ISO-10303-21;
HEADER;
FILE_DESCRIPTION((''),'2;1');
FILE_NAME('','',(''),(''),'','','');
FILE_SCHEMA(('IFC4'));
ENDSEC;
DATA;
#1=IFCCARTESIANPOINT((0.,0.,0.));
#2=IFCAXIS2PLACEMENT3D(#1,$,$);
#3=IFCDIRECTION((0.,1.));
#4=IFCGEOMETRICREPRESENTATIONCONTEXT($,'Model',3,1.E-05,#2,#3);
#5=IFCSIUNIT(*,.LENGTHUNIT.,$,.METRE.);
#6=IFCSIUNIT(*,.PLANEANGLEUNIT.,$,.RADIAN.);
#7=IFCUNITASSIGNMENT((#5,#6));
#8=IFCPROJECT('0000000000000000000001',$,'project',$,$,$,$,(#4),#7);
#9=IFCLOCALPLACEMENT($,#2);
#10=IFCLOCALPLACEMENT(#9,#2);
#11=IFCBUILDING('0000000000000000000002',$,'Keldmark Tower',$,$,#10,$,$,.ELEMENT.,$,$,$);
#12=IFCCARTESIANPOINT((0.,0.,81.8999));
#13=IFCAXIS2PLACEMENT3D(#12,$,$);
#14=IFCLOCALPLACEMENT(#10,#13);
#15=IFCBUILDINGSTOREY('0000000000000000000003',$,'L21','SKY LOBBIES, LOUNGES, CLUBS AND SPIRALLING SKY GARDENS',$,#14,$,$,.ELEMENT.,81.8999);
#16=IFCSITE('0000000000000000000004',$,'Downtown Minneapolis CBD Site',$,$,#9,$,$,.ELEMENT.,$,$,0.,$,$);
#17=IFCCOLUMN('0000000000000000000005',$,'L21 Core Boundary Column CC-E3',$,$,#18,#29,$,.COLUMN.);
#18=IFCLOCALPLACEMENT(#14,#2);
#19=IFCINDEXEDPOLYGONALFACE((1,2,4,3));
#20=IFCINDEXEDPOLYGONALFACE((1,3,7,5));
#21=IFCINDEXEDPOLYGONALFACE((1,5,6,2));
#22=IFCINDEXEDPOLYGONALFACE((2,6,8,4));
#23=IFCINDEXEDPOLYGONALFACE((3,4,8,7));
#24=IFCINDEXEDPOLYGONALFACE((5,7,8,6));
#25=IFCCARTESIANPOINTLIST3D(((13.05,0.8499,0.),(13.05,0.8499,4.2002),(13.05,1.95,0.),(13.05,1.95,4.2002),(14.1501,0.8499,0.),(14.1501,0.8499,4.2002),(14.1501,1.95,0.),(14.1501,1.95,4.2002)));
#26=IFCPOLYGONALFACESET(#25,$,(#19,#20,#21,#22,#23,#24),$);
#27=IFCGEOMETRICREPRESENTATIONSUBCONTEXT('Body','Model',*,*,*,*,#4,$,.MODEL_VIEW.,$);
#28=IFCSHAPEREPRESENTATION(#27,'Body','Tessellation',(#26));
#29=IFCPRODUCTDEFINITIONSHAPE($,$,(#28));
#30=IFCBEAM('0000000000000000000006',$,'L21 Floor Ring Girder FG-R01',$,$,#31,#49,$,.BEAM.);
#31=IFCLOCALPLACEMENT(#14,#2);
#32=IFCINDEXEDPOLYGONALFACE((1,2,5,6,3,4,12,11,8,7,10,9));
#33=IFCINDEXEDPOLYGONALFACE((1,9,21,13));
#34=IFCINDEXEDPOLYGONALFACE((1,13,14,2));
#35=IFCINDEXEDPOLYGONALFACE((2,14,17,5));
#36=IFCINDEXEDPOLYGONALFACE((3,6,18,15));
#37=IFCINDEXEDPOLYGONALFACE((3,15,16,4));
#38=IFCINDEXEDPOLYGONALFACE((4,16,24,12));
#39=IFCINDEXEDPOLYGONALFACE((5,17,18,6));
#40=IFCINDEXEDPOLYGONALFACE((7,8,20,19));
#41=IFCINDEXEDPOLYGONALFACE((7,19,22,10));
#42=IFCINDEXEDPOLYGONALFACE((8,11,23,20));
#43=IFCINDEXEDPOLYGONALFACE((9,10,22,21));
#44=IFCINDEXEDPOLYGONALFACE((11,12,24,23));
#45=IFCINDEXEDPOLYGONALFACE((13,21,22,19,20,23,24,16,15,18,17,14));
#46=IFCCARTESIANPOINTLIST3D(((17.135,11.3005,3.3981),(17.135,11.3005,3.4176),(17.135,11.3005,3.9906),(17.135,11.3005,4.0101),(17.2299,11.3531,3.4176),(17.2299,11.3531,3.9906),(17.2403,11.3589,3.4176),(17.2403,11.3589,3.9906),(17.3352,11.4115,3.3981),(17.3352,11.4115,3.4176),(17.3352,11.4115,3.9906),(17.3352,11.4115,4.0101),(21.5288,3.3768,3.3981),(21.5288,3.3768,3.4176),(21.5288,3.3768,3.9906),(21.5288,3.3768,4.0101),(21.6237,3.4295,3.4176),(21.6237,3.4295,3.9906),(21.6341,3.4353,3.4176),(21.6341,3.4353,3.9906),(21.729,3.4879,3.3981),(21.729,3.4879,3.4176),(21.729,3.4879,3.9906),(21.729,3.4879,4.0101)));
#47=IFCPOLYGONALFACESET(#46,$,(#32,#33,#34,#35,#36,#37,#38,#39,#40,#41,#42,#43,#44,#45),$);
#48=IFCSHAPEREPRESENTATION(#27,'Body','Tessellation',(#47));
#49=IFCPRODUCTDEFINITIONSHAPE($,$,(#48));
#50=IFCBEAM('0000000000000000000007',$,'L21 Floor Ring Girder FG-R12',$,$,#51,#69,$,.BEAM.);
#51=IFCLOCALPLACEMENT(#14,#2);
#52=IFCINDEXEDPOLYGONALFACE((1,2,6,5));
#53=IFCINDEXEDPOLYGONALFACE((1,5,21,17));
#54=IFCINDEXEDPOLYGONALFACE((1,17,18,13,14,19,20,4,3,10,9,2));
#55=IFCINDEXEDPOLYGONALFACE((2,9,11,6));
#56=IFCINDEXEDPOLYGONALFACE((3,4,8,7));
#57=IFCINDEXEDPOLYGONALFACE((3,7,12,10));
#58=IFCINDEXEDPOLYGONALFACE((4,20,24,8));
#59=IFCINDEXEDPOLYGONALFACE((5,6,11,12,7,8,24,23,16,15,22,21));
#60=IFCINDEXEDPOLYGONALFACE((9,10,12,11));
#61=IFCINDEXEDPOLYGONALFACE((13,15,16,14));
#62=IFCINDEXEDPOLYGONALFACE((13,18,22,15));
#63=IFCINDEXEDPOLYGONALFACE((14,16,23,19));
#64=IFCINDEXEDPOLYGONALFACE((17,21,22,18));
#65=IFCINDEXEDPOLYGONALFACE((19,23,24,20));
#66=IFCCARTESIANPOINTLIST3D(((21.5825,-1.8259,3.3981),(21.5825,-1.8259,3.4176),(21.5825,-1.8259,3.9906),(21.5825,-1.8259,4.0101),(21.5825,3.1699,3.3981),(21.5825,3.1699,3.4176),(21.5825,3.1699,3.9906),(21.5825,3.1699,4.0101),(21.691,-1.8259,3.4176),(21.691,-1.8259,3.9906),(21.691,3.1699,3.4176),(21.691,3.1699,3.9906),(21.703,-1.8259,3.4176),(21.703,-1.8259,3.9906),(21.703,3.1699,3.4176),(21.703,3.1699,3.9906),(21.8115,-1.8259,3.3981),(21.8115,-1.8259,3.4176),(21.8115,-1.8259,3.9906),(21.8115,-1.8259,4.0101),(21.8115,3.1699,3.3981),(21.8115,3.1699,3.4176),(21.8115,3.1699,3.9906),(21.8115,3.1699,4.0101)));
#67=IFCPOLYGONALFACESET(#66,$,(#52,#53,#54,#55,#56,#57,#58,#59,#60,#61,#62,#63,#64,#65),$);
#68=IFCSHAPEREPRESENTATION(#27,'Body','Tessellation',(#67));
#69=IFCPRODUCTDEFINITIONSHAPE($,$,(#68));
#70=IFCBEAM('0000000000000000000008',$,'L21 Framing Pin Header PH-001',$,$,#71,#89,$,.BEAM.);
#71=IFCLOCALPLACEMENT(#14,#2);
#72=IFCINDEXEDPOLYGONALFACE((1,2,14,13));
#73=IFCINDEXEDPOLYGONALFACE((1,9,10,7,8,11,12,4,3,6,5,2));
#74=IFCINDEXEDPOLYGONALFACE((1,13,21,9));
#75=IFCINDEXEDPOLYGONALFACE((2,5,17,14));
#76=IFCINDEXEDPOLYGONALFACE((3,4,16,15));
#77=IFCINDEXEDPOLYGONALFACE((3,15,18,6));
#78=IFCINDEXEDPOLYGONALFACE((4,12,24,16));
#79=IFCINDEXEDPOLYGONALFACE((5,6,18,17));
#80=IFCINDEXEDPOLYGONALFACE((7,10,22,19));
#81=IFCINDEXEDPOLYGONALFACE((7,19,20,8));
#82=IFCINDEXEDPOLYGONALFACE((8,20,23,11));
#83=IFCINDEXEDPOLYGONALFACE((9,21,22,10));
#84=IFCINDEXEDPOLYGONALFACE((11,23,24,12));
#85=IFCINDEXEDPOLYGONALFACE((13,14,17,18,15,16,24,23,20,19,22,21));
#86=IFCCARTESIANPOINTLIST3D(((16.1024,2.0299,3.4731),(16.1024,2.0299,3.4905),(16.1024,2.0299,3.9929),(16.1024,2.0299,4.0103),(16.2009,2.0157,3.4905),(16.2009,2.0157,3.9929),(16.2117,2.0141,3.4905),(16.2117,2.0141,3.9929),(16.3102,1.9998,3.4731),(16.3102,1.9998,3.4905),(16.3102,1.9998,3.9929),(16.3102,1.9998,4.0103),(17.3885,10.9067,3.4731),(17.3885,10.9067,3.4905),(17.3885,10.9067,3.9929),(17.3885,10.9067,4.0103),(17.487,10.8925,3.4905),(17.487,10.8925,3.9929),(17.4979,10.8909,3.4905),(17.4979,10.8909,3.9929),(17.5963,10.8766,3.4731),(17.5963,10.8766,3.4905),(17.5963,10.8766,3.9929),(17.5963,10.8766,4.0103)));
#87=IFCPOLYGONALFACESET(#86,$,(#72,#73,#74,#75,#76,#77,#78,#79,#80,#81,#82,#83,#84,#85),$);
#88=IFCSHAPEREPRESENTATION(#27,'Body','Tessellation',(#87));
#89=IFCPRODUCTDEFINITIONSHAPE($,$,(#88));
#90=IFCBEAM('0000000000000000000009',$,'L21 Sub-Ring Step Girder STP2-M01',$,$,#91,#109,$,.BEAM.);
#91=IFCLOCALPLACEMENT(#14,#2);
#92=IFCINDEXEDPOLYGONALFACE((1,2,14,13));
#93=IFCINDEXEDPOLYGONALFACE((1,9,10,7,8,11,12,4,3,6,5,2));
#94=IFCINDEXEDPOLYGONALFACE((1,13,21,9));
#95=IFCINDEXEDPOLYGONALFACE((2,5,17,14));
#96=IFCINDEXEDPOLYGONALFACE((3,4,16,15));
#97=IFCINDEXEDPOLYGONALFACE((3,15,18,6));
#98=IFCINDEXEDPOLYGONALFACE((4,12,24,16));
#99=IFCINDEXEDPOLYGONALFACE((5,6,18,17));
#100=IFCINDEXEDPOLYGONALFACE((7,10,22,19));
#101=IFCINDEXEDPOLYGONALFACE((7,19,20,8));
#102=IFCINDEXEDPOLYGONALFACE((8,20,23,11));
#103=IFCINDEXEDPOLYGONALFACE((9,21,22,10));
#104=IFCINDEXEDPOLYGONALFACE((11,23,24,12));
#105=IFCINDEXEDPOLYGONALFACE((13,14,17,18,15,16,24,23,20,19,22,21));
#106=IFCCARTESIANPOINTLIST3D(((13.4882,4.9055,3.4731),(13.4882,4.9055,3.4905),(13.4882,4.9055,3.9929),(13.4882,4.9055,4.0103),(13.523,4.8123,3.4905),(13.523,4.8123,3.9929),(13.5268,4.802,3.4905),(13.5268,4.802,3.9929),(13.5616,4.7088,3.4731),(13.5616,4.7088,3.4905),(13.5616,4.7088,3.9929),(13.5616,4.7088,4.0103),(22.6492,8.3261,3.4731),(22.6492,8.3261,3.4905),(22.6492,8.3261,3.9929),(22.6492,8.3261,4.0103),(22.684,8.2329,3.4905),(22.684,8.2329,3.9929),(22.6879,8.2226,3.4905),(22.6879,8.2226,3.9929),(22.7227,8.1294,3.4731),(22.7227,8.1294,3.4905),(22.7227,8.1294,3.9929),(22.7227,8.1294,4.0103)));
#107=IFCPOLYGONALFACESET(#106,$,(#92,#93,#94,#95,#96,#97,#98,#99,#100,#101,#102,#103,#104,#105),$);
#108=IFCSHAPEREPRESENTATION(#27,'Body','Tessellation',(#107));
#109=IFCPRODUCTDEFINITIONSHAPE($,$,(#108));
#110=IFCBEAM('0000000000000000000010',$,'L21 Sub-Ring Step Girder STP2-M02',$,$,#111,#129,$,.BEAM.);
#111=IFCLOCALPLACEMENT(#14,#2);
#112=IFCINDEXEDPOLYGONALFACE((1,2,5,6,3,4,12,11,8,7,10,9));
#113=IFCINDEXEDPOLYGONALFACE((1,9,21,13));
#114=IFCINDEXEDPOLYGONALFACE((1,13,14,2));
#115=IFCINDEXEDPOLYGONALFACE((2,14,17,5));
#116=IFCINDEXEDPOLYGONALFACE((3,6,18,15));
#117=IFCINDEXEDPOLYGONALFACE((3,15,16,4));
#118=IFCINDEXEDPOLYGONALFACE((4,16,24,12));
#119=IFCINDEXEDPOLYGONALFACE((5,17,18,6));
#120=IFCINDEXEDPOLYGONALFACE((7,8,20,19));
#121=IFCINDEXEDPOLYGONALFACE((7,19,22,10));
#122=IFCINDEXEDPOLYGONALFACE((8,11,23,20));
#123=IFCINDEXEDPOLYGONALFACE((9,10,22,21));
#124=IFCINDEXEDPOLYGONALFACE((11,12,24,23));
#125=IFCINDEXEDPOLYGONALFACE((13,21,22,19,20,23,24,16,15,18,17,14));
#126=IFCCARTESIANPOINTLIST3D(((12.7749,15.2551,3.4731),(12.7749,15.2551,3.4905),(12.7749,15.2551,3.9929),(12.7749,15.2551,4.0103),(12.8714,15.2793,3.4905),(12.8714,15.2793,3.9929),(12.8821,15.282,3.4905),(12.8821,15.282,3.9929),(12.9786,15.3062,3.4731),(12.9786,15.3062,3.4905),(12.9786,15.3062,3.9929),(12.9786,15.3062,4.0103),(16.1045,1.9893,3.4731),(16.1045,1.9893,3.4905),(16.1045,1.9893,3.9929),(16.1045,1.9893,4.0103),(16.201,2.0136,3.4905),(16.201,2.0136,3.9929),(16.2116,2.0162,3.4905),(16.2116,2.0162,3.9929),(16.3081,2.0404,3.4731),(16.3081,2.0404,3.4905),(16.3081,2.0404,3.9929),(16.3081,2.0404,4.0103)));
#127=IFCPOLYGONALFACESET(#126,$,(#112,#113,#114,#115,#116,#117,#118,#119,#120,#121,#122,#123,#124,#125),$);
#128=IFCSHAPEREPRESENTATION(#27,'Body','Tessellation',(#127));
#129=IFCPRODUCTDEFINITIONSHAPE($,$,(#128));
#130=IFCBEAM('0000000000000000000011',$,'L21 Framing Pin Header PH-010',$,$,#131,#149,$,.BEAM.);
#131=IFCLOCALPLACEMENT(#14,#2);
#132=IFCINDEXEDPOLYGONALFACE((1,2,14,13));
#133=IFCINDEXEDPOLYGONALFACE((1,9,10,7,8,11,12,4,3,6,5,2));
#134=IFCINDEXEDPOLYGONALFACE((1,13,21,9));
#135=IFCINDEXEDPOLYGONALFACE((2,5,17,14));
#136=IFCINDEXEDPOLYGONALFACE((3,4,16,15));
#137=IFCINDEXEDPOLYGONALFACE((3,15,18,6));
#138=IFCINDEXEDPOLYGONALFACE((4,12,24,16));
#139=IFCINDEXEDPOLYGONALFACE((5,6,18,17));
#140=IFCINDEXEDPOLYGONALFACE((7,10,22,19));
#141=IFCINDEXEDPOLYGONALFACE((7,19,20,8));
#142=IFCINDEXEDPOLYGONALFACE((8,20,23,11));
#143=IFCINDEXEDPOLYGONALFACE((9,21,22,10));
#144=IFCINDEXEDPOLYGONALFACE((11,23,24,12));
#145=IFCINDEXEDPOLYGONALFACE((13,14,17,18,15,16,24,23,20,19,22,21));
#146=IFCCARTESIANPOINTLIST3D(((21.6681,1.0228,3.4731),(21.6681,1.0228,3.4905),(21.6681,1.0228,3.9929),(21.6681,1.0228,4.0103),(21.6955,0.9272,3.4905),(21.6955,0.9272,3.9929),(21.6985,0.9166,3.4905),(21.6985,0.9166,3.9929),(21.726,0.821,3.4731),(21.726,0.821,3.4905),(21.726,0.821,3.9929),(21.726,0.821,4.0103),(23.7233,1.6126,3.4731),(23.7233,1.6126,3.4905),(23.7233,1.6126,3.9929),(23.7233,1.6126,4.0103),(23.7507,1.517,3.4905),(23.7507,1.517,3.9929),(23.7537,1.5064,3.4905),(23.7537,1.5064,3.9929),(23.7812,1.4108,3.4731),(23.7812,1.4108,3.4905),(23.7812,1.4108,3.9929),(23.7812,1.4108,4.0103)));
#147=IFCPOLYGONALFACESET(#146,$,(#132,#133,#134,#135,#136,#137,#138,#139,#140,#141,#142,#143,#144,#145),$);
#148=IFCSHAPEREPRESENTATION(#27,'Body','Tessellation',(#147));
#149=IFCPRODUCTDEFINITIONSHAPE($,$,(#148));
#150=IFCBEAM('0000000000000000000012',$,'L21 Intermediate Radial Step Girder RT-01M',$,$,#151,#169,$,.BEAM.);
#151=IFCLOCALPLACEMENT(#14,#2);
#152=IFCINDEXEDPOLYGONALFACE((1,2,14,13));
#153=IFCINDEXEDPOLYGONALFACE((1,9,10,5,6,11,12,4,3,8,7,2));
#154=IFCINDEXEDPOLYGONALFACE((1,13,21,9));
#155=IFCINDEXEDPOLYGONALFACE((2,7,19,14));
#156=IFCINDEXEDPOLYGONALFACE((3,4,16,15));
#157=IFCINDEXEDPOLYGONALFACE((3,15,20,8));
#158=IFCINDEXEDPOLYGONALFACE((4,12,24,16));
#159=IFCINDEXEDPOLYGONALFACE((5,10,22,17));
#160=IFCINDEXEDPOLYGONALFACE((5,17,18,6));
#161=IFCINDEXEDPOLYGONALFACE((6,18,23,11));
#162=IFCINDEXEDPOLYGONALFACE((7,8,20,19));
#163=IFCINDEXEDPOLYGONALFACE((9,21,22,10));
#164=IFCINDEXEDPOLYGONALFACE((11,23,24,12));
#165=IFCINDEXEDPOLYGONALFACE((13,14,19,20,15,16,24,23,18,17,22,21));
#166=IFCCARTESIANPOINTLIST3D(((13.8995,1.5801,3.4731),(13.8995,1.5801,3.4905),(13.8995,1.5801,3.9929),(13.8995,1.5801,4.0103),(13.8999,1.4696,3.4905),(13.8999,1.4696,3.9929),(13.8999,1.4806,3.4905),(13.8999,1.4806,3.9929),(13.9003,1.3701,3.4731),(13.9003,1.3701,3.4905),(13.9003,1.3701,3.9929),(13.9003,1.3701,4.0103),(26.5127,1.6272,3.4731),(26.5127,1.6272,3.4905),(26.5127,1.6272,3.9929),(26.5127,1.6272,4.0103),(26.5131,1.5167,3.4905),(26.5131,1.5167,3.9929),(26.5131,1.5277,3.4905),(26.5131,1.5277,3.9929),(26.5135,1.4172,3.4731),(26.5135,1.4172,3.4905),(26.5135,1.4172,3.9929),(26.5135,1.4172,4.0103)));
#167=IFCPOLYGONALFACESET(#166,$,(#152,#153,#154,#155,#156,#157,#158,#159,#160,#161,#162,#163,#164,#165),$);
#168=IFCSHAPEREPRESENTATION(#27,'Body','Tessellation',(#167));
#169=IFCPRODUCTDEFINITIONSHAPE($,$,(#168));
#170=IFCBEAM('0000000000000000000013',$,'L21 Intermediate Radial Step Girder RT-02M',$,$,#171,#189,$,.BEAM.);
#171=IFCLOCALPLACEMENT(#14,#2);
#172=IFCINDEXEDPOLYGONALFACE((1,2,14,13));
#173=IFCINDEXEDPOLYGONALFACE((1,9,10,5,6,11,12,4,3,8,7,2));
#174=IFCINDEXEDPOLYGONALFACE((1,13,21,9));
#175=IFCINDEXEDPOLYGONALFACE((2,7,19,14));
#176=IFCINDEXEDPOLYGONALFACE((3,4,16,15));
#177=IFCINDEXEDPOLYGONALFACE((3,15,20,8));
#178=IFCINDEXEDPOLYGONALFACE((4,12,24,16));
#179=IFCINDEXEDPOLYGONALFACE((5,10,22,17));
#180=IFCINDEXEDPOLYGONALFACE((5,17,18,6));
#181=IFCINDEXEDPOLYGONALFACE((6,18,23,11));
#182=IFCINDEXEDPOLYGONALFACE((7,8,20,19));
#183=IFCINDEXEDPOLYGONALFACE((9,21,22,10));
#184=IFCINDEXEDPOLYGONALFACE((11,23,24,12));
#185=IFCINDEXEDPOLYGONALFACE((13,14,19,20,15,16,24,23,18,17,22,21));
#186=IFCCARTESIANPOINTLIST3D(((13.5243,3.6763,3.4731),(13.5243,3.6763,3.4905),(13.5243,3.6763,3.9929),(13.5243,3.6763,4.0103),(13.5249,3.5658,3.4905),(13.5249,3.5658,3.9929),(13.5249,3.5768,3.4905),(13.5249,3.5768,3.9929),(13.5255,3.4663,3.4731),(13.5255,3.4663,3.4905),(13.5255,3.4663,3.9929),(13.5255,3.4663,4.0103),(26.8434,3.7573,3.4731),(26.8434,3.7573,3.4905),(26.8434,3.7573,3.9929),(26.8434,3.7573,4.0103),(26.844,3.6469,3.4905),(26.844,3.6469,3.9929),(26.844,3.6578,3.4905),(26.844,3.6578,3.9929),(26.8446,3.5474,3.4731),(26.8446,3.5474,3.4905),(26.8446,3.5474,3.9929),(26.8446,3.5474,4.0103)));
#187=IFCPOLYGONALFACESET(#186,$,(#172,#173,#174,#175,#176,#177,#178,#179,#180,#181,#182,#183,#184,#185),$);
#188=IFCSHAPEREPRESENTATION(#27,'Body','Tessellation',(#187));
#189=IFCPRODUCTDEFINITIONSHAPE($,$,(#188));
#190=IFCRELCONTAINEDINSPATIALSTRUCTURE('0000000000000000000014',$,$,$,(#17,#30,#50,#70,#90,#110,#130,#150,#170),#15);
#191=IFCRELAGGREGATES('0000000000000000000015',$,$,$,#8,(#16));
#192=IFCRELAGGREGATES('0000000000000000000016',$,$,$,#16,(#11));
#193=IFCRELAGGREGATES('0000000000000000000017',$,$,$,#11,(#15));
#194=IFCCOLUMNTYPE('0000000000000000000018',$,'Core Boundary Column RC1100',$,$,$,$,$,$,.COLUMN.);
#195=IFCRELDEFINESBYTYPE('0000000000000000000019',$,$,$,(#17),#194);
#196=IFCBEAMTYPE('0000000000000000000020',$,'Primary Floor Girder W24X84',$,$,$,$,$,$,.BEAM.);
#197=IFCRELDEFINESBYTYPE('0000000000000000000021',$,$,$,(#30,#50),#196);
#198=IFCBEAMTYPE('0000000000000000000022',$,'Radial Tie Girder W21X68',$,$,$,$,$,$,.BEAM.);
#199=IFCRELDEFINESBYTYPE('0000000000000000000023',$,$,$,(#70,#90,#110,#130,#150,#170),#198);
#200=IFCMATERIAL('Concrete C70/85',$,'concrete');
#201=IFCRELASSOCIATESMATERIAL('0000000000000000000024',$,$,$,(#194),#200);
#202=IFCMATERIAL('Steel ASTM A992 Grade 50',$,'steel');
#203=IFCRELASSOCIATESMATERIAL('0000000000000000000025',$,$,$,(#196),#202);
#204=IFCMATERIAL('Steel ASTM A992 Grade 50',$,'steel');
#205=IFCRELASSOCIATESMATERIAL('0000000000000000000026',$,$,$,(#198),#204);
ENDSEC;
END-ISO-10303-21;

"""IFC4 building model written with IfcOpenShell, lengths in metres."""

from ifc_helpers import new_model, si_unit, direction, frame, origin, origin_2d, place, context, subcontext, project, spatial, rectangle, i_section, extrude, material, material_profile, profile_set, type_object, element, save


model = new_model("IFC4")

# Units and contexts
model_context = context("Model", 3, precision=1e-05, world=origin(), true_north=direction((0.0, 1.0)))
body_context = subcontext(model_context, "Body", "Model", "MODEL_VIEW")
ifc_project = project(units=[si_unit("LENGTHUNIT", "METRE"), si_unit("PLANEANGLEUNIT", "RADIAN")], contexts=[model_context])

# Site, building, storey
site_placement = place(None, origin())
site = spatial("IfcSite", under=ifc_project, at=site_placement, Name="Downtown Minneapolis CBD Site", CompositionType="ELEMENT", RefElevation=0.0)
building_placement = place(site_placement, origin())
building = spatial("IfcBuilding", under=site, at=building_placement, Name="Keldmark Tower", CompositionType="ELEMENT")
storey_placement = place(building_placement, frame((0.0, 0.0, 81.8999)))
storey = spatial("IfcBuildingStorey", under=building, at=storey_placement, Name="L21", Description="SKY LOBBIES, LOUNGES, CLUBS AND SPIRALLING SKY GARDENS", CompositionType="ELEMENT", Elevation=81.8999)

# Column
ifc_material_1 = material(Name="Concrete C70/85", Category="concrete")
ifc_material_profile_1 = material_profile(ifc_material_1, rectangle(XDim=1.1001, YDim=1.1001, at=origin_2d()), Name="RC1100X1100")
ifc_profile_set_1 = profile_set([ifc_material_profile_1], Name="Concrete C70/85")
column_type = type_object("IfcColumnType", Name="Core Boundary Column RC1100", PredefinedType="COLUMN", material=ifc_profile_set_1)
column_placement = place(storey_placement, frame((13.6001, 1.3999, 0.0), z_axis=(0.0, 0.0, 1.0), x_axis=(1.0, 0.0, 0.0)))
element("IfcColumn", 1, at=column_placement, inside=storey, type_object=column_type, Name="L21 Core Boundary Column CC-E3", PredefinedType="COLUMN", context=body_context, shape_type="SweptSolid", body=[
    extrude(rectangle(XDim=1.1001, YDim=1.1001, at=origin_2d()), origin(), (0.0, 0.0, 1.0), 4.2002),
])

# Beams
ifc_material_2 = material(Name="Steel ASTM A992 Grade 50", Category="steel")
ifc_material_profile_2 = material_profile(ifc_material_2, i_section(OverallWidth=0.229, OverallDepth=0.6121, WebThickness=0.012, FlangeThickness=0.0195, at=origin_2d()), Name="W24X84")
ifc_profile_set_2 = profile_set([ifc_material_profile_2], Name="Steel ASTM A992 Grade 50")
beam_type_1 = type_object("IfcBeamType", Name="Primary Floor Girder W24X84", PredefinedType="BEAM", material=ifc_profile_set_2)
beam_1_placement = place(storey_placement, frame((21.6289, 3.4324, 3.7041), z_axis=(-0.484952, 0.874541, 0.0), x_axis=(-0.874541, -0.484952, 0.0)))
element("IfcBeam", 2, at=beam_1_placement, inside=storey, type_object=beam_type_1, Name="L21 Floor Ring Girder FG-R01", PredefinedType="BEAM", context=body_context, shape_type="SweptSolid", body=[
    extrude(i_section(OverallWidth=0.229, OverallDepth=0.6121, WebThickness=0.012, FlangeThickness=0.0195, at=origin_2d()), origin(), (0.0, 0.0, 1.0), 9.0603),
])
beam_2_placement = place(storey_placement, frame((21.697, -1.8259, 3.7041), z_axis=(0.0, 1.0, 0.0), x_axis=(-1.0, 0.0, 0.0)))
element("IfcBeam", 3, at=beam_2_placement, inside=storey, type_object=beam_type_1, Name="L21 Floor Ring Girder FG-R12", PredefinedType="BEAM", context=body_context, shape_type="SweptSolid", body=[
    extrude(i_section(OverallWidth=0.229, OverallDepth=0.6121, WebThickness=0.012, FlangeThickness=0.0195, at=origin_2d()), origin(), (0.0, 0.0, 1.0), 4.9958),
])
ifc_material_3 = material(Name="Steel ASTM A992 Grade 50", Category="steel")
ifc_material_profile_3 = material_profile(ifc_material_3, i_section(OverallWidth=0.21, OverallDepth=0.5371, WebThickness=0.011, FlangeThickness=0.0173, at=origin_2d()), Name="W21X68")
ifc_profile_set_3 = profile_set([ifc_material_profile_3], Name="Steel ASTM A992 Grade 50")
beam_type_2 = type_object("IfcBeamType", Name="Radial Tie Girder W21X68", PredefinedType="BEAM", material=ifc_profile_set_3)
beam_3_placement = place(storey_placement, frame((16.2063, 2.0149, 3.7417), z_axis=(0.143391, 0.989666, 0.0), x_axis=(-0.989666, 0.143391, 0.0)))
element("IfcBeam", 4, at=beam_3_placement, inside=storey, type_object=beam_type_2, Name="L21 Framing Pin Header PH-001", PredefinedType="BEAM", context=body_context, shape_type="SweptSolid", body=[
    extrude(i_section(OverallWidth=0.21, OverallDepth=0.5371, WebThickness=0.011, FlangeThickness=0.0173, at=origin_2d()), origin(), (0.0, 0.0, 1.0), 8.9695),
])
beam_4_placement = place(storey_placement, frame((13.5249, 4.8071, 3.7417), z_axis=(0.936825, 0.349799, 0.0), x_axis=(-0.349799, 0.936825, 0.0)))
element("IfcBeam", 5, at=beam_4_placement, inside=storey, type_object=beam_type_2, Name="L21 Sub-Ring Step Girder STP2-M01", PredefinedType="BEAM", context=body_context, shape_type="SweptSolid", body=[
    extrude(i_section(OverallWidth=0.21, OverallDepth=0.5371, WebThickness=0.011, FlangeThickness=0.0173, at=origin_2d()), origin(), (0.0, 0.0, 1.0), 9.7788),
])
beam_5_placement = place(storey_placement, frame((16.2063, 2.0149, 3.7417), z_axis=(-0.243439, 0.969916, 0.0), x_axis=(-0.969916, -0.243439, 0.0)))
element("IfcBeam", 6, at=beam_5_placement, inside=storey, type_object=beam_type_2, Name="L21 Sub-Ring Step Girder STP2-M02", PredefinedType="BEAM", context=body_context, shape_type="SweptSolid", body=[
    extrude(i_section(OverallWidth=0.21, OverallDepth=0.5371, WebThickness=0.011, FlangeThickness=0.0173, at=origin_2d()), origin(), (0.0, 0.0, 1.0), 13.6772),
])
beam_6_placement = place(storey_placement, frame((21.697, 0.9219, 3.7417), z_axis=(0.961196, 0.275867, 0.0), x_axis=(-0.275867, 0.961196, 0.0)))
element("IfcBeam", 7, at=beam_6_placement, inside=storey, type_object=beam_type_2, Name="L21 Framing Pin Header PH-010", PredefinedType="BEAM", context=body_context, shape_type="SweptSolid", body=[
    extrude(i_section(OverallWidth=0.21, OverallDepth=0.5371, WebThickness=0.011, FlangeThickness=0.0173, at=origin_2d()), origin(), (0.0, 0.0, 1.0), 2.1382),
])
beam_7_placement = place(storey_placement, frame((13.8999, 1.4751, 3.7417), z_axis=(0.999993, 0.003736, 0.0), x_axis=(-0.003736, 0.999993, 0.0)))
element("IfcBeam", 8, at=beam_7_placement, inside=storey, type_object=beam_type_2, Name="L21 Intermediate Radial Step Girder RT-01M", PredefinedType="BEAM", context=body_context, shape_type="SweptSolid", body=[
    extrude(i_section(OverallWidth=0.21, OverallDepth=0.5371, WebThickness=0.011, FlangeThickness=0.0173, at=origin_2d()), origin(), (0.0, 0.0, 1.0), 12.6133),
])
beam_8_placement = place(storey_placement, frame((13.5249, 3.5713, 3.7417), z_axis=(0.999981, 0.006085, 0.0), x_axis=(-0.006085, 0.999981, 0.0)))
element("IfcBeam", 9, at=beam_8_placement, inside=storey, type_object=beam_type_2, Name="L21 Intermediate Radial Step Girder RT-02M", PredefinedType="BEAM", context=body_context, shape_type="SweptSolid", body=[
    extrude(i_section(OverallWidth=0.21, OverallDepth=0.5371, WebThickness=0.011, FlangeThickness=0.0173, at=origin_2d()), origin(), (0.0, 0.0, 1.0), 13.3193),
])

save(model, "model.ifc")
